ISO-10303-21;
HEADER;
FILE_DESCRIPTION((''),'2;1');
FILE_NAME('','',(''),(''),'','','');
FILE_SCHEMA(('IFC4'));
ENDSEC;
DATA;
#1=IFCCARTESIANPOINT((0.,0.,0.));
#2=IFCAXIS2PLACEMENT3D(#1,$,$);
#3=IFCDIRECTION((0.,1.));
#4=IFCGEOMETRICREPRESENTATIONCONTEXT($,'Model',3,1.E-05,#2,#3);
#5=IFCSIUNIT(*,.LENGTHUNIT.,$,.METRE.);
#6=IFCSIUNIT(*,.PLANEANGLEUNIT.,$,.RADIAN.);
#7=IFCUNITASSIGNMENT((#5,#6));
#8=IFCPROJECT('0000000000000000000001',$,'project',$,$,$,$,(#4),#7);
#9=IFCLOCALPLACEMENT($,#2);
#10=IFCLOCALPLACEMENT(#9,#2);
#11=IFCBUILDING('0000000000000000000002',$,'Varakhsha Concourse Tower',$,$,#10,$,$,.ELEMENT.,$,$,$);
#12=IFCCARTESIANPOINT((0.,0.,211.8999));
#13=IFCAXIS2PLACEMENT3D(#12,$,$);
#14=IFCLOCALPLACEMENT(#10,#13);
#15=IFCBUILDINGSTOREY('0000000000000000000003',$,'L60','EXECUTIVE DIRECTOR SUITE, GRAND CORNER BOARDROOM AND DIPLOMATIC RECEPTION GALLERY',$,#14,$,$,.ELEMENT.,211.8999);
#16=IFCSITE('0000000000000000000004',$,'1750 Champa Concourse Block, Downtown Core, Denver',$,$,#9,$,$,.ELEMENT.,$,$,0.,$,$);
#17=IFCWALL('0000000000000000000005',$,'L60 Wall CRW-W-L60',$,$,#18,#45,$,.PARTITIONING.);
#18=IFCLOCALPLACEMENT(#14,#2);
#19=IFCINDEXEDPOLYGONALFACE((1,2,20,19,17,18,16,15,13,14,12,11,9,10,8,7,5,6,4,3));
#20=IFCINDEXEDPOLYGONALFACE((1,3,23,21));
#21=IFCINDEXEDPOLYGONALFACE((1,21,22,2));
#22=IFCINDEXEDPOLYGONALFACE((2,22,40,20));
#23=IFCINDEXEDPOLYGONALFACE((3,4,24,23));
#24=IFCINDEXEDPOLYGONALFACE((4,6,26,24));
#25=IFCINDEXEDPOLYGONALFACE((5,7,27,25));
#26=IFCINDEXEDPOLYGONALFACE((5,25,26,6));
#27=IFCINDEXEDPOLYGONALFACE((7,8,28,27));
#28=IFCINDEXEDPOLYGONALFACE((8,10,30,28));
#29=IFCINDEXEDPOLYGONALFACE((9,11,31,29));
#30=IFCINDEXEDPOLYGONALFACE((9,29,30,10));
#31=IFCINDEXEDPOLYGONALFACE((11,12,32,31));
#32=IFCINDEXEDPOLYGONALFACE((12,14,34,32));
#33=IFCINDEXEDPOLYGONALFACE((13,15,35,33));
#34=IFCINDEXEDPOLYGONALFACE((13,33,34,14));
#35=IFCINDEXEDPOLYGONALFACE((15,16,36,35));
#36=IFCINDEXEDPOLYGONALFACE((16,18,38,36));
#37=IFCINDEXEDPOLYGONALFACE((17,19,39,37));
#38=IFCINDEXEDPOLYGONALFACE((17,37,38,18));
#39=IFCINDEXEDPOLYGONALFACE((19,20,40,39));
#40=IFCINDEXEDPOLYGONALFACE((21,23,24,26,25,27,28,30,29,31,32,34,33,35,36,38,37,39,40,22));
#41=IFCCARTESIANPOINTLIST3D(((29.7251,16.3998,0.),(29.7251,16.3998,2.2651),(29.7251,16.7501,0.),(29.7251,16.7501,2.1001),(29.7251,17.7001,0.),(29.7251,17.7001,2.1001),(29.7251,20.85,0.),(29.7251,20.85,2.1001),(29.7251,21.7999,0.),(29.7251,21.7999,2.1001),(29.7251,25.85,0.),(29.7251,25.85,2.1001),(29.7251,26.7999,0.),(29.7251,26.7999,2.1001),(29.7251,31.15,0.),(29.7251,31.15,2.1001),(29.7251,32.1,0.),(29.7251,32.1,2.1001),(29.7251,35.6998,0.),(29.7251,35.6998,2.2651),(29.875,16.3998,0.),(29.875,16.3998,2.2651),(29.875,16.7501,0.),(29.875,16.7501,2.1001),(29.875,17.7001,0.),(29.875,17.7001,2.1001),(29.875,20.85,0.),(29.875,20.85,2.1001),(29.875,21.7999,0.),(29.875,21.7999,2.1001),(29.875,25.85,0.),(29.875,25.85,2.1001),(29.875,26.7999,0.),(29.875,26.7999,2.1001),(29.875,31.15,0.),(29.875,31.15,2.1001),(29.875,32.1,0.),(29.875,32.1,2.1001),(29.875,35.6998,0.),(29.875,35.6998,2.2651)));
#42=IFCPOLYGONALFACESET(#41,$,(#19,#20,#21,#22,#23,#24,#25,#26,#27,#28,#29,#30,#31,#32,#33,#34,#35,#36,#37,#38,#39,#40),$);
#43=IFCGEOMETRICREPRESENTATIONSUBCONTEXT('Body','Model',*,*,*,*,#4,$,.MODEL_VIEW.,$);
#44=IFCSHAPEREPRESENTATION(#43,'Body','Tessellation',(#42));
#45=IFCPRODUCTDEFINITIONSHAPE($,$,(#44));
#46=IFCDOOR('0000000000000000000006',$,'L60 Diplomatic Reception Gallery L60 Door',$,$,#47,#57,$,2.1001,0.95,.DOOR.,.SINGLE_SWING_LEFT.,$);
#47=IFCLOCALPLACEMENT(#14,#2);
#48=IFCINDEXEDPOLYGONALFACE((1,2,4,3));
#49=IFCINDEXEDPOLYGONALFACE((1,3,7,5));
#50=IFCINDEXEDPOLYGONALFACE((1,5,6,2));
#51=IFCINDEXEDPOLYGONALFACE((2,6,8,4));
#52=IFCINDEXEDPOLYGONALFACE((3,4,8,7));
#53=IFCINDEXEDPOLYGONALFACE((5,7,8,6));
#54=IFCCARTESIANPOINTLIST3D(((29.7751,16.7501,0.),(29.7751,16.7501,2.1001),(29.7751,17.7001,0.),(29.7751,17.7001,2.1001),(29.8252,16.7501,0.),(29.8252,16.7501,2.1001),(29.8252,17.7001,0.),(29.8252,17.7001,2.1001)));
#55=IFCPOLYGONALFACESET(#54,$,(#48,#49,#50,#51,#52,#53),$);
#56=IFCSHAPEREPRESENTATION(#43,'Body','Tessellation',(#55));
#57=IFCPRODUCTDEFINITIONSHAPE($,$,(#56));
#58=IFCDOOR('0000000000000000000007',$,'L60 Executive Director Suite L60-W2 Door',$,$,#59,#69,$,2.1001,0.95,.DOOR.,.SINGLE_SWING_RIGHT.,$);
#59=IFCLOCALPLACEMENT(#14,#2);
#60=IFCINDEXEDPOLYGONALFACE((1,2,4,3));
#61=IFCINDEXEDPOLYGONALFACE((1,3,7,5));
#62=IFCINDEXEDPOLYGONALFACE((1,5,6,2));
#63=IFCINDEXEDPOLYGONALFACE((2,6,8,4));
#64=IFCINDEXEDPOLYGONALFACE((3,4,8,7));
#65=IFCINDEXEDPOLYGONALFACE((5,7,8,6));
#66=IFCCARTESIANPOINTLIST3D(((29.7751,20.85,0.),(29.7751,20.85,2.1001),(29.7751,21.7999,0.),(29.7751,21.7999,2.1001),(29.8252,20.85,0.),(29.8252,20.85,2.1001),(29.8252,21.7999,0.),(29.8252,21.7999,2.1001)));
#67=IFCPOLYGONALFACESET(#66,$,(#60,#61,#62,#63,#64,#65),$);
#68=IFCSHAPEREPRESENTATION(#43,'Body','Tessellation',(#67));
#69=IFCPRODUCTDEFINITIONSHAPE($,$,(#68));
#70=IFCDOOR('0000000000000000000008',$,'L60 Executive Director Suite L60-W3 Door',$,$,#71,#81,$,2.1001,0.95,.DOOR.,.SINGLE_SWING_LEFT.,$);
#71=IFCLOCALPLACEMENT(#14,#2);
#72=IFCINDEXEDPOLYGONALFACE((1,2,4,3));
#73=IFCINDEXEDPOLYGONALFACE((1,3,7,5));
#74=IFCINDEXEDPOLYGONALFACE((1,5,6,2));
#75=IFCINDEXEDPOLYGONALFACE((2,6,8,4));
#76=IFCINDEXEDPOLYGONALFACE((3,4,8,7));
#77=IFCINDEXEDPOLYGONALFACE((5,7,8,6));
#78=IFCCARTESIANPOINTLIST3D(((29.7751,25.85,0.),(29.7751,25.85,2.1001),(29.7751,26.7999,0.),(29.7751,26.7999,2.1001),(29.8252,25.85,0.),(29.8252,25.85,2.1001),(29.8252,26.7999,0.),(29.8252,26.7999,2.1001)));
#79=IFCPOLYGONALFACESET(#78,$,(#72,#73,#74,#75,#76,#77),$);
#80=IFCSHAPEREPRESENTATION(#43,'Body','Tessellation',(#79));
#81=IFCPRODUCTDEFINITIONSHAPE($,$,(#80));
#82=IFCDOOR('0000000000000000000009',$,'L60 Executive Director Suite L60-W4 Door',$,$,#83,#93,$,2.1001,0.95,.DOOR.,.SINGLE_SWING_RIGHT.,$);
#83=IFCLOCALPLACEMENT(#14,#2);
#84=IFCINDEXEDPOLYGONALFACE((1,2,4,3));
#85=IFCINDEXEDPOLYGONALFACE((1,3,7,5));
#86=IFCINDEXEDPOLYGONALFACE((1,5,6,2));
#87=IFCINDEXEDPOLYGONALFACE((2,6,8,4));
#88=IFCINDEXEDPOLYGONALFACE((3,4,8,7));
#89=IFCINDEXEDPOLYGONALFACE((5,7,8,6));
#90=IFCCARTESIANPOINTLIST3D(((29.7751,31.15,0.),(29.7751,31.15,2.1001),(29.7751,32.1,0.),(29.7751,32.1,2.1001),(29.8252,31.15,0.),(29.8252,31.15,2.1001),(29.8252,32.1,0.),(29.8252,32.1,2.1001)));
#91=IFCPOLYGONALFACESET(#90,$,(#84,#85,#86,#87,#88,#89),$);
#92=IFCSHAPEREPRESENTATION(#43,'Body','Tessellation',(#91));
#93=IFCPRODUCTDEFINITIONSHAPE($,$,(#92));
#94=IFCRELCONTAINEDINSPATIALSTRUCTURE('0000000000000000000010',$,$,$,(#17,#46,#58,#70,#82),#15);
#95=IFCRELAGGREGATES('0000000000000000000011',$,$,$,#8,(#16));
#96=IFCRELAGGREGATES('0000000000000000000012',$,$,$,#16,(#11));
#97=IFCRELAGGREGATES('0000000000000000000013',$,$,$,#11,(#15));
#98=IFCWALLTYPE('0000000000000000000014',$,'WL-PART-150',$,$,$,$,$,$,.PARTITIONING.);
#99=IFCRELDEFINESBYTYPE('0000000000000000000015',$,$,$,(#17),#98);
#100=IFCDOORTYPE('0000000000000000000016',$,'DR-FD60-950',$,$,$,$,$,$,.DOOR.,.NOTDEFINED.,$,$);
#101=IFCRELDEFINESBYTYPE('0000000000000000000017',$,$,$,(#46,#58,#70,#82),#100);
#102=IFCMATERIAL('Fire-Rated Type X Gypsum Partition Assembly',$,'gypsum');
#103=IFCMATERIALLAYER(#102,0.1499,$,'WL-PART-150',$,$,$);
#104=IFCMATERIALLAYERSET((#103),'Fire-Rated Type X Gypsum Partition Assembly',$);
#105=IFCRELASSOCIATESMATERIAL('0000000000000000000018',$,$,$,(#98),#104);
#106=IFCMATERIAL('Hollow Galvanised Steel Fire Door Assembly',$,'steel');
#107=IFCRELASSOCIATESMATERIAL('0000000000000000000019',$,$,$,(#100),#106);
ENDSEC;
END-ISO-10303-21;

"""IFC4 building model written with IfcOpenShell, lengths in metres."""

from ifc_helpers import new_model, si_unit, direction, frame, frame_2d, origin, place, context, subcontext, project, spatial, rectangle, extrude, material, layer, layer_set, type_object, element, fill, save


model = new_model("IFC4")

# Units and contexts
model_context = context("Model", 3, precision=1e-05, world=origin(), true_north=direction((0.0, 1.0)))
body_context = subcontext(model_context, "Body", "Model", "MODEL_VIEW")
ifc_project = project(units=[si_unit("LENGTHUNIT", "METRE"), si_unit("PLANEANGLEUNIT", "RADIAN")], contexts=[model_context])

# Site, building, storey
site_placement = place(None, origin())
site = spatial("IfcSite", under=ifc_project, at=site_placement, Name="1750 Champa Concourse Block, Downtown Core, Denver", CompositionType="ELEMENT", RefElevation=0.0)
building_placement = place(site_placement, origin())
building = spatial("IfcBuilding", under=site, at=building_placement, Name="Varakhsha Concourse Tower", CompositionType="ELEMENT")
storey_placement = place(building_placement, frame((0.0, 0.0, 211.8999)))
storey = spatial("IfcBuildingStorey", under=building, at=storey_placement, Name="L60", Description="EXECUTIVE DIRECTOR SUITE, GRAND CORNER BOARDROOM AND DIPLOMATIC RECEPTION GALLERY", CompositionType="ELEMENT", Elevation=211.8999)

# Wall, openings, doors
ifc_material_1 = material(Name="Fire-Rated Type X Gypsum Partition Assembly", Category="gypsum")
ifc_layer_1 = layer(ifc_material_1, 0.1499, Name="WL-PART-150")
ifc_layer_set_1 = layer_set([ifc_layer_1], Name="Fire-Rated Type X Gypsum Partition Assembly")
wall_type = type_object("IfcWallType", Name="WL-PART-150", PredefinedType="PARTITIONING", material=ifc_layer_set_1)
wall_1_placement = place(storey_placement, frame((29.8, 16.3999, 0.0), z_axis=(0.0, 0.0, 1.0), x_axis=(0.0, 1.0, 0.0)))
wall_1 = element("IfcWall", 1, at=wall_1_placement, inside=storey, type_object=wall_type, Name="L60 Wall CRW-W-L60", PredefinedType="PARTITIONING", context=body_context, shape_type="SweptSolid", body=[
    extrude(rectangle(XDim=19.3, YDim=0.1499, at=frame_2d((9.6499, 0.0))), origin(), (0.0, 0.0, 1.0), 2.2651),
])
opening_1_placement = place(wall_1_placement, frame((0.3501, 0.0, 0.0)))
opening_1 = element("IfcOpeningElement", 2, at=opening_1_placement, cuts=wall_1, PredefinedType="OPENING", context=body_context, shape_type="SweptSolid", body=[
    extrude(rectangle(XDim=0.95, YDim=2.1001, at=frame_2d((0.4751, 1.05))), frame((0.0, 0.085, 0.0), z_axis=(0.0, -1.0, 0.0), x_axis=(1.0, 0.0, 0.0)), (0.0, 0.0, 1.0), 0.1699),
])
opening_2_placement = place(wall_1_placement, frame((4.45, 0.0, 0.0)))
opening_2 = element("IfcOpeningElement", 3, at=opening_2_placement, cuts=wall_1, PredefinedType="OPENING", context=body_context, shape_type="SweptSolid", body=[
    extrude(rectangle(XDim=0.95, YDim=2.1001, at=frame_2d((0.4751, 1.05))), frame((0.0, 0.085, 0.0), z_axis=(0.0, -1.0, 0.0), x_axis=(1.0, 0.0, 0.0)), (0.0, 0.0, 1.0), 0.1699),
])
opening_3_placement = place(wall_1_placement, frame((9.45, 0.0, 0.0)))
opening_3 = element("IfcOpeningElement", 4, at=opening_3_placement, cuts=wall_1, PredefinedType="OPENING", context=body_context, shape_type="SweptSolid", body=[
    extrude(rectangle(XDim=0.95, YDim=2.1001, at=frame_2d((0.4751, 1.05))), frame((0.0, 0.085, 0.0), z_axis=(0.0, -1.0, 0.0), x_axis=(1.0, 0.0, 0.0)), (0.0, 0.0, 1.0), 0.1699),
])
opening_4_placement = place(wall_1_placement, frame((14.75, 0.0, 0.0)))
opening_4 = element("IfcOpeningElement", 5, at=opening_4_placement, cuts=wall_1, PredefinedType="OPENING", context=body_context, shape_type="SweptSolid", body=[
    extrude(rectangle(XDim=0.95, YDim=2.1001, at=frame_2d((0.4751, 1.05))), frame((0.0, 0.085, 0.0), z_axis=(0.0, -1.0, 0.0), x_axis=(1.0, 0.0, 0.0)), (0.0, 0.0, 1.0), 0.1699),
])
ifc_material_2 = material(Name="Hollow Galvanised Steel Fire Door Assembly", Category="steel")
door_type = type_object("IfcDoorType", Name="DR-FD60-950", OperationType="NOTDEFINED", PredefinedType="DOOR", material=ifc_material_2)
door_1_placement = place(opening_1_placement, origin())
door_1 = element("IfcDoor", 6, at=door_1_placement, inside=storey, type_object=door_type, Name="L60 Diplomatic Reception Gallery L60 Door", OperationType="SINGLE_SWING_LEFT", OverallHeight=2.1001, OverallWidth=0.95, PredefinedType="DOOR", context=body_context, shape_type="SweptSolid", body=[
    extrude(rectangle(XDim=0.95, YDim=2.1001, at=frame_2d((0.4751, 1.05))), frame((0.0, 0.0249, 0.0), z_axis=(0.0, -1.0, 0.0), x_axis=(1.0, 0.0, 0.0)), (0.0, 0.0, 1.0), 0.05),
])
fill(opening_1, door_1)
door_2_placement = place(opening_2_placement, origin())
door_2 = element("IfcDoor", 7, at=door_2_placement, inside=storey, type_object=door_type, Name="L60 Executive Director Suite L60-W2 Door", OperationType="SINGLE_SWING_RIGHT", OverallHeight=2.1001, OverallWidth=0.95, PredefinedType="DOOR", context=body_context, shape_type="SweptSolid", body=[
    extrude(rectangle(XDim=0.95, YDim=2.1001, at=frame_2d((0.4751, 1.05))), frame((0.0, 0.0249, 0.0), z_axis=(0.0, -1.0, 0.0), x_axis=(1.0, 0.0, 0.0)), (0.0, 0.0, 1.0), 0.05),
])
fill(opening_2, door_2)
door_3_placement = place(opening_3_placement, origin())
door_3 = element("IfcDoor", 8, at=door_3_placement, inside=storey, type_object=door_type, Name="L60 Executive Director Suite L60-W3 Door", OperationType="SINGLE_SWING_LEFT", OverallHeight=2.1001, OverallWidth=0.95, PredefinedType="DOOR", context=body_context, shape_type="SweptSolid", body=[
    extrude(rectangle(XDim=0.95, YDim=2.1001, at=frame_2d((0.4751, 1.05))), frame((0.0, 0.0249, 0.0), z_axis=(0.0, -1.0, 0.0), x_axis=(1.0, 0.0, 0.0)), (0.0, 0.0, 1.0), 0.05),
])
fill(opening_3, door_3)
door_4_placement = place(opening_4_placement, origin())
door_4 = element("IfcDoor", 9, at=door_4_placement, inside=storey, type_object=door_type, Name="L60 Executive Director Suite L60-W4 Door", OperationType="SINGLE_SWING_RIGHT", OverallHeight=2.1001, OverallWidth=0.95, PredefinedType="DOOR", context=body_context, shape_type="SweptSolid", body=[
    extrude(rectangle(XDim=0.95, YDim=2.1001, at=frame_2d((0.4751, 1.05))), frame((0.0, 0.0249, 0.0), z_axis=(0.0, -1.0, 0.0), x_axis=(1.0, 0.0, 0.0)), (0.0, 0.0, 1.0), 0.05),
])
fill(opening_4, door_4)

save(model, "model.ifc")
